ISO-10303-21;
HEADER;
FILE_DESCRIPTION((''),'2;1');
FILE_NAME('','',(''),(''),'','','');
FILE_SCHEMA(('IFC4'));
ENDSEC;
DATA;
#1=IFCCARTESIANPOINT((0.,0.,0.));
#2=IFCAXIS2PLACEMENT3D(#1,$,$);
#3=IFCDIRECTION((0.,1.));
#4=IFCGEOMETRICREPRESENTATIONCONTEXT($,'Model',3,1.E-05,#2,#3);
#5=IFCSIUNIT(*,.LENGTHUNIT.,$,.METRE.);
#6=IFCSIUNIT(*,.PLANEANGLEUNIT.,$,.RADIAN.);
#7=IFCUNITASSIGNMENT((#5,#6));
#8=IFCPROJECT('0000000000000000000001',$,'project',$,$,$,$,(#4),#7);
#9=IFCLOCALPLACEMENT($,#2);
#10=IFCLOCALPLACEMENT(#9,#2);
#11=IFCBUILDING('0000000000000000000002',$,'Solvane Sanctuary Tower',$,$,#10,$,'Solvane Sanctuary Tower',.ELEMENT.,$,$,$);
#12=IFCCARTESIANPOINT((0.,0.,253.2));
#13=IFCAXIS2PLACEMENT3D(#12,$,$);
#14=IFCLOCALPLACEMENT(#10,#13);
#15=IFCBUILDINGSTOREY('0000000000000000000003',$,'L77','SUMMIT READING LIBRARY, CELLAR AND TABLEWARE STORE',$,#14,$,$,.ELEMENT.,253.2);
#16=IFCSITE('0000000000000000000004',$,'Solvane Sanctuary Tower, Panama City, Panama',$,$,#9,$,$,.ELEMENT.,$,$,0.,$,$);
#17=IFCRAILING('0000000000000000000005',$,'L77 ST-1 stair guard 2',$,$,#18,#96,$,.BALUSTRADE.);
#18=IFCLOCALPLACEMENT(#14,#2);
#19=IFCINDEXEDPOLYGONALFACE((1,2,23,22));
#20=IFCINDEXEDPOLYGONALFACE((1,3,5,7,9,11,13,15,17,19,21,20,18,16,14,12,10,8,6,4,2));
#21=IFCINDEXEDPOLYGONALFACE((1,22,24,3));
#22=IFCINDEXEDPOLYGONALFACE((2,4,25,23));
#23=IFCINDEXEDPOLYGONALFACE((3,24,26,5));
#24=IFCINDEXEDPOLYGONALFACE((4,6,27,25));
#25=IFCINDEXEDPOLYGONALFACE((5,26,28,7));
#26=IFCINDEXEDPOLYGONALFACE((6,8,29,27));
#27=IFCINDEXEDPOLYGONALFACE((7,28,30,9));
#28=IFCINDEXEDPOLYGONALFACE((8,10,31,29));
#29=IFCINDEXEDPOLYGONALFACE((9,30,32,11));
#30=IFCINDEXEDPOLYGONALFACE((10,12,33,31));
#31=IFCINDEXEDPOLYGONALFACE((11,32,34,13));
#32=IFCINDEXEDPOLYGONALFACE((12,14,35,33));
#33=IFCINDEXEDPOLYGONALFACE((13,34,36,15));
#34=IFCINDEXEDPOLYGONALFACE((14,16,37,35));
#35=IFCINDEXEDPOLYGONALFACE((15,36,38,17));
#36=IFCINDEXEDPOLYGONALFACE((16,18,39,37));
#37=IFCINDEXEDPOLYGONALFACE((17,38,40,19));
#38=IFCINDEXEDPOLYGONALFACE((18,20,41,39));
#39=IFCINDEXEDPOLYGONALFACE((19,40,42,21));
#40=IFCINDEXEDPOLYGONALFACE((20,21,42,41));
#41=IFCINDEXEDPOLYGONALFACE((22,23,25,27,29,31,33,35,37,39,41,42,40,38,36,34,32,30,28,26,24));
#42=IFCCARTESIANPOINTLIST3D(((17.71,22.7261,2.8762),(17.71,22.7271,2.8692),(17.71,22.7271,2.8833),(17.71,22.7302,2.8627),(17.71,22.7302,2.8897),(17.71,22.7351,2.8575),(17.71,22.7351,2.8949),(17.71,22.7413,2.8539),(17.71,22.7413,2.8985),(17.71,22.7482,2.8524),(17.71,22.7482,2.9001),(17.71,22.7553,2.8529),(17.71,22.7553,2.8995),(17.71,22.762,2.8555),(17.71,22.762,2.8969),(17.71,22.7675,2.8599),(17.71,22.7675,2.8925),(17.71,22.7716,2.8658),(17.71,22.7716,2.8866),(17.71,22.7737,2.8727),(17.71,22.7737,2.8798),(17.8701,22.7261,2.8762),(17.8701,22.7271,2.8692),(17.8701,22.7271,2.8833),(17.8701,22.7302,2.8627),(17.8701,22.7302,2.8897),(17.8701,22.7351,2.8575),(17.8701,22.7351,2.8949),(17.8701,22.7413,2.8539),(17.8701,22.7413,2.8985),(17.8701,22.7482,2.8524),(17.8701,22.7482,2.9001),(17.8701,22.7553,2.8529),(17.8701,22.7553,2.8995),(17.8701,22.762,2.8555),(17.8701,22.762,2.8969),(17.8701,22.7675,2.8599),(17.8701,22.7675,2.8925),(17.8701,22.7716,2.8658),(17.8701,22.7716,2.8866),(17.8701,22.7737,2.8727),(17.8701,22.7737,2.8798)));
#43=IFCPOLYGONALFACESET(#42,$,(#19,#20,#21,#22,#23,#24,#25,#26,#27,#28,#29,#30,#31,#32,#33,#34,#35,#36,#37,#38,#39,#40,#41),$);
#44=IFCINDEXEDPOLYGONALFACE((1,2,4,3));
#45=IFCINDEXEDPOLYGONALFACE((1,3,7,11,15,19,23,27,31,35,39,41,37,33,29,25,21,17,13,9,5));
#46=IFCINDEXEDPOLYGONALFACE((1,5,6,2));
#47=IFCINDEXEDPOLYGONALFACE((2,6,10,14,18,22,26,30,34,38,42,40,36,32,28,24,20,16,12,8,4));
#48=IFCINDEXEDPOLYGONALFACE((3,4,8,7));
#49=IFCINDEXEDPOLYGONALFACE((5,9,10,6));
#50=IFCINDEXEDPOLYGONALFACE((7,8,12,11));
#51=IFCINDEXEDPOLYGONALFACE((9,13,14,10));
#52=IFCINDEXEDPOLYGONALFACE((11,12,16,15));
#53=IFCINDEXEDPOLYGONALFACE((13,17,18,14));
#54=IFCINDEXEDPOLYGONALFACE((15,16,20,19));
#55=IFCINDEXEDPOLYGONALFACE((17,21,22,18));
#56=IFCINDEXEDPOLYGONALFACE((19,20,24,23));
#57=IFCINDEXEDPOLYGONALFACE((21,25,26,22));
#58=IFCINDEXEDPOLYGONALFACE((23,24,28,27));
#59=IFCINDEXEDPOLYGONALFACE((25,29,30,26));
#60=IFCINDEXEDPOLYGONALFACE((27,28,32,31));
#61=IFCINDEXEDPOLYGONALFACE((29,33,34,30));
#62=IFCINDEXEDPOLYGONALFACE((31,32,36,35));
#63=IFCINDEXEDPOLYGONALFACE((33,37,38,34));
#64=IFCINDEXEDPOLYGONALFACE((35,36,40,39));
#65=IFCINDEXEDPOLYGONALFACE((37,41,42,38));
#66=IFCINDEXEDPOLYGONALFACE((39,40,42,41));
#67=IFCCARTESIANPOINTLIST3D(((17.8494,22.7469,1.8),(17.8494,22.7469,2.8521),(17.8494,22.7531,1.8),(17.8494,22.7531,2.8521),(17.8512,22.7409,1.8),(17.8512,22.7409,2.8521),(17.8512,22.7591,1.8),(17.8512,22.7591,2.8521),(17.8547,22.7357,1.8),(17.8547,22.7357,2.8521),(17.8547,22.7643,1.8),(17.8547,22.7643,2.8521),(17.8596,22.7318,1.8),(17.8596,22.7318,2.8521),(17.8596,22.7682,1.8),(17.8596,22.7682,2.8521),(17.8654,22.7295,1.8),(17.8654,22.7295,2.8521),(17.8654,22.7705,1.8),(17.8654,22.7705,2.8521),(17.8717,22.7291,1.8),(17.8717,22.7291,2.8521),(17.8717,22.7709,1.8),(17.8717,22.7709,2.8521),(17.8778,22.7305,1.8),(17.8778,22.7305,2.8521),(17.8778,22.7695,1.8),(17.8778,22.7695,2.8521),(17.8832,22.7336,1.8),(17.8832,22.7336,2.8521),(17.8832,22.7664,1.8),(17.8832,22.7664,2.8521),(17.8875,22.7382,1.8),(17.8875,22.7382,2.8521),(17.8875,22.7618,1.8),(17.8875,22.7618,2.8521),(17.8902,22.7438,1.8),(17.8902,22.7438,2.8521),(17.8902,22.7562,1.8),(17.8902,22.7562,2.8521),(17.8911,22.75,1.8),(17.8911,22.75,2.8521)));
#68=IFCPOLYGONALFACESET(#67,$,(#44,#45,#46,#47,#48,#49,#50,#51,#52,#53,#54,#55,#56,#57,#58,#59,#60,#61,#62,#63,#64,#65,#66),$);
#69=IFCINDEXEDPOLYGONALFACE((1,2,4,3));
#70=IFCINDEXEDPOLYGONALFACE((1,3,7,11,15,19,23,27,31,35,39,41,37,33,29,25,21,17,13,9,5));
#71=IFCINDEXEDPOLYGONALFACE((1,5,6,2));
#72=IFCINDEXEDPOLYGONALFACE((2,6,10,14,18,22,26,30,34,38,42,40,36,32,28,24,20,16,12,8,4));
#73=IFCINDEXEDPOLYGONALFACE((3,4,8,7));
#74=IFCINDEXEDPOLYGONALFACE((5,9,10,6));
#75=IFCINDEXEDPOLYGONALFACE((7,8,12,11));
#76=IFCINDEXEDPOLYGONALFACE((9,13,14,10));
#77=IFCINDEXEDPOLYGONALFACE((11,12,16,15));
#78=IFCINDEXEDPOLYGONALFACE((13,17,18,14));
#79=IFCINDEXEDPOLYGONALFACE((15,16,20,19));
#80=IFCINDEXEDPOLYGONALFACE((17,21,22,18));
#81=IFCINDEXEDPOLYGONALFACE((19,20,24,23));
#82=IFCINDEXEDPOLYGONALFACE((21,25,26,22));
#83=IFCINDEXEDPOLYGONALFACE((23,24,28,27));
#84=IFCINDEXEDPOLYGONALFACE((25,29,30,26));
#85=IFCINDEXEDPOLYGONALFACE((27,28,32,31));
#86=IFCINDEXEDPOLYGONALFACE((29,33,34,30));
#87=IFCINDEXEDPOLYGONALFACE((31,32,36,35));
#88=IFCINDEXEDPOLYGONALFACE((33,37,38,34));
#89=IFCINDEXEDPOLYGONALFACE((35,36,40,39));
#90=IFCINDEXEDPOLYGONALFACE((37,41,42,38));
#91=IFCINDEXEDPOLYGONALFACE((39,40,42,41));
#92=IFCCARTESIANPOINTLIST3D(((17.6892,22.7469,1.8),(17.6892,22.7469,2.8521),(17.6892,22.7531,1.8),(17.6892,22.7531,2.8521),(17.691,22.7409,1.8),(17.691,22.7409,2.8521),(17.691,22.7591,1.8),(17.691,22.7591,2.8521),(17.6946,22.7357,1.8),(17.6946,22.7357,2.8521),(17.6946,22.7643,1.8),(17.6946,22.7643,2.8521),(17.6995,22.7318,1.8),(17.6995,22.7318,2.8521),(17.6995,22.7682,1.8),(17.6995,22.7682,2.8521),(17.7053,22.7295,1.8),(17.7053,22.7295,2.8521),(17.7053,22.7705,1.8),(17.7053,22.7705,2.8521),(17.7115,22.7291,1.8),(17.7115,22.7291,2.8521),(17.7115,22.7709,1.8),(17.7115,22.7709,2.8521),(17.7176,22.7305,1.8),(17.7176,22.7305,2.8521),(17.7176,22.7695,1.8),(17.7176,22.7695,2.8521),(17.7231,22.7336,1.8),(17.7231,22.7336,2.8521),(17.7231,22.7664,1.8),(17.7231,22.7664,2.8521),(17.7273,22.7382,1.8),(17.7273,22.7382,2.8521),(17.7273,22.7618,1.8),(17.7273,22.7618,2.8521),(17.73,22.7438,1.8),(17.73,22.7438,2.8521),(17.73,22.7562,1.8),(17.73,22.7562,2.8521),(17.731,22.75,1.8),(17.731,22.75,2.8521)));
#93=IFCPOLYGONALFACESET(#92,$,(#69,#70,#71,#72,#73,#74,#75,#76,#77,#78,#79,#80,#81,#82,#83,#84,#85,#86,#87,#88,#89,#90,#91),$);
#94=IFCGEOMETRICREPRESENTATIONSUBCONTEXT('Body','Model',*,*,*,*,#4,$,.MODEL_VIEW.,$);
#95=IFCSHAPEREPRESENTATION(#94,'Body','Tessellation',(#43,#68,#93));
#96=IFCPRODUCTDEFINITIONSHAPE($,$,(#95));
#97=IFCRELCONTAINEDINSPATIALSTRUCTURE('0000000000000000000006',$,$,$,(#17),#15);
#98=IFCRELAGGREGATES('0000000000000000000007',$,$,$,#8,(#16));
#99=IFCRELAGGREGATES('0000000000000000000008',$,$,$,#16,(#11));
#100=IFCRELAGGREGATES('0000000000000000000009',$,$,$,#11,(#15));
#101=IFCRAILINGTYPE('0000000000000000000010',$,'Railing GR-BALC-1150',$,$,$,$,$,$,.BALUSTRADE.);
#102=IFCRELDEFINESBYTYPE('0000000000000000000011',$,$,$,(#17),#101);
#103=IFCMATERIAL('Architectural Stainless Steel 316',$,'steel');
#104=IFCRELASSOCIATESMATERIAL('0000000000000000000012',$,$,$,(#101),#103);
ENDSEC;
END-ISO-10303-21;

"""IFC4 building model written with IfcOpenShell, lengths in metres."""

from ifc_helpers import new_model, si_unit, direction, frame, origin, origin_2d, place, context, subcontext, project, spatial, circle, extrude, material, type_object, element, save


model = new_model("IFC4")

# Units and contexts
model_context = context("Model", 3, precision=1e-05, world=origin(), true_north=direction((0.0, 1.0)))
body_context = subcontext(model_context, "Body", "Model", "MODEL_VIEW")
ifc_project = project(units=[si_unit("LENGTHUNIT", "METRE"), si_unit("PLANEANGLEUNIT", "RADIAN")], contexts=[model_context])

# Site, building, storey
site_placement = place(None, origin())
site = spatial("IfcSite", under=ifc_project, at=site_placement, Name="Solvane Sanctuary Tower, Panama City, Panama", CompositionType="ELEMENT", RefElevation=0.0)
building_placement = place(site_placement, origin())
building = spatial("IfcBuilding", under=site, at=building_placement, Name="Solvane Sanctuary Tower", LongName="Solvane Sanctuary Tower", CompositionType="ELEMENT")
storey_placement = place(building_placement, frame((0.0, 0.0, 253.2)))
storey = spatial("IfcBuildingStorey", under=building, at=storey_placement, Name="L77", Description="SUMMIT READING LIBRARY, CELLAR AND TABLEWARE STORE", CompositionType="ELEMENT", Elevation=253.2)

# Shared definitions
ifc_material_1 = material(Name="Architectural Stainless Steel 316", Category="steel")

# Railing
railing_type = type_object("IfcRailingType", Name="Railing GR-BALC-1150", PredefinedType="BALUSTRADE", material=ifc_material_1)
railing_placement = place(storey_placement, frame((17.8701, 22.75, 1.8)))
element("IfcRailing", 1, at=railing_placement, inside=storey, type_object=railing_type, Name="L77 ST-1 stair guard 2", PredefinedType="BALUSTRADE", context=body_context, shape_type="SweptSolid", body=[
    extrude(circle(Radius=0.0239, at=origin_2d()), frame((0.0, 0.0, 1.0762), z_axis=(-1.0, 0.0, 0.0), x_axis=(0.0, -1.0, 0.0)), (0.0, 0.0, 1.0), 0.1602),
    extrude(circle(Radius=0.021, at=origin_2d()), origin(), (0.0, 0.0, 1.0), 1.052),
    extrude(circle(Radius=0.021, at=origin_2d()), frame((-0.1602, 0.0, 0.0)), (0.0, 0.0, 1.0), 1.052),
])

save(model, "model.ifc")
